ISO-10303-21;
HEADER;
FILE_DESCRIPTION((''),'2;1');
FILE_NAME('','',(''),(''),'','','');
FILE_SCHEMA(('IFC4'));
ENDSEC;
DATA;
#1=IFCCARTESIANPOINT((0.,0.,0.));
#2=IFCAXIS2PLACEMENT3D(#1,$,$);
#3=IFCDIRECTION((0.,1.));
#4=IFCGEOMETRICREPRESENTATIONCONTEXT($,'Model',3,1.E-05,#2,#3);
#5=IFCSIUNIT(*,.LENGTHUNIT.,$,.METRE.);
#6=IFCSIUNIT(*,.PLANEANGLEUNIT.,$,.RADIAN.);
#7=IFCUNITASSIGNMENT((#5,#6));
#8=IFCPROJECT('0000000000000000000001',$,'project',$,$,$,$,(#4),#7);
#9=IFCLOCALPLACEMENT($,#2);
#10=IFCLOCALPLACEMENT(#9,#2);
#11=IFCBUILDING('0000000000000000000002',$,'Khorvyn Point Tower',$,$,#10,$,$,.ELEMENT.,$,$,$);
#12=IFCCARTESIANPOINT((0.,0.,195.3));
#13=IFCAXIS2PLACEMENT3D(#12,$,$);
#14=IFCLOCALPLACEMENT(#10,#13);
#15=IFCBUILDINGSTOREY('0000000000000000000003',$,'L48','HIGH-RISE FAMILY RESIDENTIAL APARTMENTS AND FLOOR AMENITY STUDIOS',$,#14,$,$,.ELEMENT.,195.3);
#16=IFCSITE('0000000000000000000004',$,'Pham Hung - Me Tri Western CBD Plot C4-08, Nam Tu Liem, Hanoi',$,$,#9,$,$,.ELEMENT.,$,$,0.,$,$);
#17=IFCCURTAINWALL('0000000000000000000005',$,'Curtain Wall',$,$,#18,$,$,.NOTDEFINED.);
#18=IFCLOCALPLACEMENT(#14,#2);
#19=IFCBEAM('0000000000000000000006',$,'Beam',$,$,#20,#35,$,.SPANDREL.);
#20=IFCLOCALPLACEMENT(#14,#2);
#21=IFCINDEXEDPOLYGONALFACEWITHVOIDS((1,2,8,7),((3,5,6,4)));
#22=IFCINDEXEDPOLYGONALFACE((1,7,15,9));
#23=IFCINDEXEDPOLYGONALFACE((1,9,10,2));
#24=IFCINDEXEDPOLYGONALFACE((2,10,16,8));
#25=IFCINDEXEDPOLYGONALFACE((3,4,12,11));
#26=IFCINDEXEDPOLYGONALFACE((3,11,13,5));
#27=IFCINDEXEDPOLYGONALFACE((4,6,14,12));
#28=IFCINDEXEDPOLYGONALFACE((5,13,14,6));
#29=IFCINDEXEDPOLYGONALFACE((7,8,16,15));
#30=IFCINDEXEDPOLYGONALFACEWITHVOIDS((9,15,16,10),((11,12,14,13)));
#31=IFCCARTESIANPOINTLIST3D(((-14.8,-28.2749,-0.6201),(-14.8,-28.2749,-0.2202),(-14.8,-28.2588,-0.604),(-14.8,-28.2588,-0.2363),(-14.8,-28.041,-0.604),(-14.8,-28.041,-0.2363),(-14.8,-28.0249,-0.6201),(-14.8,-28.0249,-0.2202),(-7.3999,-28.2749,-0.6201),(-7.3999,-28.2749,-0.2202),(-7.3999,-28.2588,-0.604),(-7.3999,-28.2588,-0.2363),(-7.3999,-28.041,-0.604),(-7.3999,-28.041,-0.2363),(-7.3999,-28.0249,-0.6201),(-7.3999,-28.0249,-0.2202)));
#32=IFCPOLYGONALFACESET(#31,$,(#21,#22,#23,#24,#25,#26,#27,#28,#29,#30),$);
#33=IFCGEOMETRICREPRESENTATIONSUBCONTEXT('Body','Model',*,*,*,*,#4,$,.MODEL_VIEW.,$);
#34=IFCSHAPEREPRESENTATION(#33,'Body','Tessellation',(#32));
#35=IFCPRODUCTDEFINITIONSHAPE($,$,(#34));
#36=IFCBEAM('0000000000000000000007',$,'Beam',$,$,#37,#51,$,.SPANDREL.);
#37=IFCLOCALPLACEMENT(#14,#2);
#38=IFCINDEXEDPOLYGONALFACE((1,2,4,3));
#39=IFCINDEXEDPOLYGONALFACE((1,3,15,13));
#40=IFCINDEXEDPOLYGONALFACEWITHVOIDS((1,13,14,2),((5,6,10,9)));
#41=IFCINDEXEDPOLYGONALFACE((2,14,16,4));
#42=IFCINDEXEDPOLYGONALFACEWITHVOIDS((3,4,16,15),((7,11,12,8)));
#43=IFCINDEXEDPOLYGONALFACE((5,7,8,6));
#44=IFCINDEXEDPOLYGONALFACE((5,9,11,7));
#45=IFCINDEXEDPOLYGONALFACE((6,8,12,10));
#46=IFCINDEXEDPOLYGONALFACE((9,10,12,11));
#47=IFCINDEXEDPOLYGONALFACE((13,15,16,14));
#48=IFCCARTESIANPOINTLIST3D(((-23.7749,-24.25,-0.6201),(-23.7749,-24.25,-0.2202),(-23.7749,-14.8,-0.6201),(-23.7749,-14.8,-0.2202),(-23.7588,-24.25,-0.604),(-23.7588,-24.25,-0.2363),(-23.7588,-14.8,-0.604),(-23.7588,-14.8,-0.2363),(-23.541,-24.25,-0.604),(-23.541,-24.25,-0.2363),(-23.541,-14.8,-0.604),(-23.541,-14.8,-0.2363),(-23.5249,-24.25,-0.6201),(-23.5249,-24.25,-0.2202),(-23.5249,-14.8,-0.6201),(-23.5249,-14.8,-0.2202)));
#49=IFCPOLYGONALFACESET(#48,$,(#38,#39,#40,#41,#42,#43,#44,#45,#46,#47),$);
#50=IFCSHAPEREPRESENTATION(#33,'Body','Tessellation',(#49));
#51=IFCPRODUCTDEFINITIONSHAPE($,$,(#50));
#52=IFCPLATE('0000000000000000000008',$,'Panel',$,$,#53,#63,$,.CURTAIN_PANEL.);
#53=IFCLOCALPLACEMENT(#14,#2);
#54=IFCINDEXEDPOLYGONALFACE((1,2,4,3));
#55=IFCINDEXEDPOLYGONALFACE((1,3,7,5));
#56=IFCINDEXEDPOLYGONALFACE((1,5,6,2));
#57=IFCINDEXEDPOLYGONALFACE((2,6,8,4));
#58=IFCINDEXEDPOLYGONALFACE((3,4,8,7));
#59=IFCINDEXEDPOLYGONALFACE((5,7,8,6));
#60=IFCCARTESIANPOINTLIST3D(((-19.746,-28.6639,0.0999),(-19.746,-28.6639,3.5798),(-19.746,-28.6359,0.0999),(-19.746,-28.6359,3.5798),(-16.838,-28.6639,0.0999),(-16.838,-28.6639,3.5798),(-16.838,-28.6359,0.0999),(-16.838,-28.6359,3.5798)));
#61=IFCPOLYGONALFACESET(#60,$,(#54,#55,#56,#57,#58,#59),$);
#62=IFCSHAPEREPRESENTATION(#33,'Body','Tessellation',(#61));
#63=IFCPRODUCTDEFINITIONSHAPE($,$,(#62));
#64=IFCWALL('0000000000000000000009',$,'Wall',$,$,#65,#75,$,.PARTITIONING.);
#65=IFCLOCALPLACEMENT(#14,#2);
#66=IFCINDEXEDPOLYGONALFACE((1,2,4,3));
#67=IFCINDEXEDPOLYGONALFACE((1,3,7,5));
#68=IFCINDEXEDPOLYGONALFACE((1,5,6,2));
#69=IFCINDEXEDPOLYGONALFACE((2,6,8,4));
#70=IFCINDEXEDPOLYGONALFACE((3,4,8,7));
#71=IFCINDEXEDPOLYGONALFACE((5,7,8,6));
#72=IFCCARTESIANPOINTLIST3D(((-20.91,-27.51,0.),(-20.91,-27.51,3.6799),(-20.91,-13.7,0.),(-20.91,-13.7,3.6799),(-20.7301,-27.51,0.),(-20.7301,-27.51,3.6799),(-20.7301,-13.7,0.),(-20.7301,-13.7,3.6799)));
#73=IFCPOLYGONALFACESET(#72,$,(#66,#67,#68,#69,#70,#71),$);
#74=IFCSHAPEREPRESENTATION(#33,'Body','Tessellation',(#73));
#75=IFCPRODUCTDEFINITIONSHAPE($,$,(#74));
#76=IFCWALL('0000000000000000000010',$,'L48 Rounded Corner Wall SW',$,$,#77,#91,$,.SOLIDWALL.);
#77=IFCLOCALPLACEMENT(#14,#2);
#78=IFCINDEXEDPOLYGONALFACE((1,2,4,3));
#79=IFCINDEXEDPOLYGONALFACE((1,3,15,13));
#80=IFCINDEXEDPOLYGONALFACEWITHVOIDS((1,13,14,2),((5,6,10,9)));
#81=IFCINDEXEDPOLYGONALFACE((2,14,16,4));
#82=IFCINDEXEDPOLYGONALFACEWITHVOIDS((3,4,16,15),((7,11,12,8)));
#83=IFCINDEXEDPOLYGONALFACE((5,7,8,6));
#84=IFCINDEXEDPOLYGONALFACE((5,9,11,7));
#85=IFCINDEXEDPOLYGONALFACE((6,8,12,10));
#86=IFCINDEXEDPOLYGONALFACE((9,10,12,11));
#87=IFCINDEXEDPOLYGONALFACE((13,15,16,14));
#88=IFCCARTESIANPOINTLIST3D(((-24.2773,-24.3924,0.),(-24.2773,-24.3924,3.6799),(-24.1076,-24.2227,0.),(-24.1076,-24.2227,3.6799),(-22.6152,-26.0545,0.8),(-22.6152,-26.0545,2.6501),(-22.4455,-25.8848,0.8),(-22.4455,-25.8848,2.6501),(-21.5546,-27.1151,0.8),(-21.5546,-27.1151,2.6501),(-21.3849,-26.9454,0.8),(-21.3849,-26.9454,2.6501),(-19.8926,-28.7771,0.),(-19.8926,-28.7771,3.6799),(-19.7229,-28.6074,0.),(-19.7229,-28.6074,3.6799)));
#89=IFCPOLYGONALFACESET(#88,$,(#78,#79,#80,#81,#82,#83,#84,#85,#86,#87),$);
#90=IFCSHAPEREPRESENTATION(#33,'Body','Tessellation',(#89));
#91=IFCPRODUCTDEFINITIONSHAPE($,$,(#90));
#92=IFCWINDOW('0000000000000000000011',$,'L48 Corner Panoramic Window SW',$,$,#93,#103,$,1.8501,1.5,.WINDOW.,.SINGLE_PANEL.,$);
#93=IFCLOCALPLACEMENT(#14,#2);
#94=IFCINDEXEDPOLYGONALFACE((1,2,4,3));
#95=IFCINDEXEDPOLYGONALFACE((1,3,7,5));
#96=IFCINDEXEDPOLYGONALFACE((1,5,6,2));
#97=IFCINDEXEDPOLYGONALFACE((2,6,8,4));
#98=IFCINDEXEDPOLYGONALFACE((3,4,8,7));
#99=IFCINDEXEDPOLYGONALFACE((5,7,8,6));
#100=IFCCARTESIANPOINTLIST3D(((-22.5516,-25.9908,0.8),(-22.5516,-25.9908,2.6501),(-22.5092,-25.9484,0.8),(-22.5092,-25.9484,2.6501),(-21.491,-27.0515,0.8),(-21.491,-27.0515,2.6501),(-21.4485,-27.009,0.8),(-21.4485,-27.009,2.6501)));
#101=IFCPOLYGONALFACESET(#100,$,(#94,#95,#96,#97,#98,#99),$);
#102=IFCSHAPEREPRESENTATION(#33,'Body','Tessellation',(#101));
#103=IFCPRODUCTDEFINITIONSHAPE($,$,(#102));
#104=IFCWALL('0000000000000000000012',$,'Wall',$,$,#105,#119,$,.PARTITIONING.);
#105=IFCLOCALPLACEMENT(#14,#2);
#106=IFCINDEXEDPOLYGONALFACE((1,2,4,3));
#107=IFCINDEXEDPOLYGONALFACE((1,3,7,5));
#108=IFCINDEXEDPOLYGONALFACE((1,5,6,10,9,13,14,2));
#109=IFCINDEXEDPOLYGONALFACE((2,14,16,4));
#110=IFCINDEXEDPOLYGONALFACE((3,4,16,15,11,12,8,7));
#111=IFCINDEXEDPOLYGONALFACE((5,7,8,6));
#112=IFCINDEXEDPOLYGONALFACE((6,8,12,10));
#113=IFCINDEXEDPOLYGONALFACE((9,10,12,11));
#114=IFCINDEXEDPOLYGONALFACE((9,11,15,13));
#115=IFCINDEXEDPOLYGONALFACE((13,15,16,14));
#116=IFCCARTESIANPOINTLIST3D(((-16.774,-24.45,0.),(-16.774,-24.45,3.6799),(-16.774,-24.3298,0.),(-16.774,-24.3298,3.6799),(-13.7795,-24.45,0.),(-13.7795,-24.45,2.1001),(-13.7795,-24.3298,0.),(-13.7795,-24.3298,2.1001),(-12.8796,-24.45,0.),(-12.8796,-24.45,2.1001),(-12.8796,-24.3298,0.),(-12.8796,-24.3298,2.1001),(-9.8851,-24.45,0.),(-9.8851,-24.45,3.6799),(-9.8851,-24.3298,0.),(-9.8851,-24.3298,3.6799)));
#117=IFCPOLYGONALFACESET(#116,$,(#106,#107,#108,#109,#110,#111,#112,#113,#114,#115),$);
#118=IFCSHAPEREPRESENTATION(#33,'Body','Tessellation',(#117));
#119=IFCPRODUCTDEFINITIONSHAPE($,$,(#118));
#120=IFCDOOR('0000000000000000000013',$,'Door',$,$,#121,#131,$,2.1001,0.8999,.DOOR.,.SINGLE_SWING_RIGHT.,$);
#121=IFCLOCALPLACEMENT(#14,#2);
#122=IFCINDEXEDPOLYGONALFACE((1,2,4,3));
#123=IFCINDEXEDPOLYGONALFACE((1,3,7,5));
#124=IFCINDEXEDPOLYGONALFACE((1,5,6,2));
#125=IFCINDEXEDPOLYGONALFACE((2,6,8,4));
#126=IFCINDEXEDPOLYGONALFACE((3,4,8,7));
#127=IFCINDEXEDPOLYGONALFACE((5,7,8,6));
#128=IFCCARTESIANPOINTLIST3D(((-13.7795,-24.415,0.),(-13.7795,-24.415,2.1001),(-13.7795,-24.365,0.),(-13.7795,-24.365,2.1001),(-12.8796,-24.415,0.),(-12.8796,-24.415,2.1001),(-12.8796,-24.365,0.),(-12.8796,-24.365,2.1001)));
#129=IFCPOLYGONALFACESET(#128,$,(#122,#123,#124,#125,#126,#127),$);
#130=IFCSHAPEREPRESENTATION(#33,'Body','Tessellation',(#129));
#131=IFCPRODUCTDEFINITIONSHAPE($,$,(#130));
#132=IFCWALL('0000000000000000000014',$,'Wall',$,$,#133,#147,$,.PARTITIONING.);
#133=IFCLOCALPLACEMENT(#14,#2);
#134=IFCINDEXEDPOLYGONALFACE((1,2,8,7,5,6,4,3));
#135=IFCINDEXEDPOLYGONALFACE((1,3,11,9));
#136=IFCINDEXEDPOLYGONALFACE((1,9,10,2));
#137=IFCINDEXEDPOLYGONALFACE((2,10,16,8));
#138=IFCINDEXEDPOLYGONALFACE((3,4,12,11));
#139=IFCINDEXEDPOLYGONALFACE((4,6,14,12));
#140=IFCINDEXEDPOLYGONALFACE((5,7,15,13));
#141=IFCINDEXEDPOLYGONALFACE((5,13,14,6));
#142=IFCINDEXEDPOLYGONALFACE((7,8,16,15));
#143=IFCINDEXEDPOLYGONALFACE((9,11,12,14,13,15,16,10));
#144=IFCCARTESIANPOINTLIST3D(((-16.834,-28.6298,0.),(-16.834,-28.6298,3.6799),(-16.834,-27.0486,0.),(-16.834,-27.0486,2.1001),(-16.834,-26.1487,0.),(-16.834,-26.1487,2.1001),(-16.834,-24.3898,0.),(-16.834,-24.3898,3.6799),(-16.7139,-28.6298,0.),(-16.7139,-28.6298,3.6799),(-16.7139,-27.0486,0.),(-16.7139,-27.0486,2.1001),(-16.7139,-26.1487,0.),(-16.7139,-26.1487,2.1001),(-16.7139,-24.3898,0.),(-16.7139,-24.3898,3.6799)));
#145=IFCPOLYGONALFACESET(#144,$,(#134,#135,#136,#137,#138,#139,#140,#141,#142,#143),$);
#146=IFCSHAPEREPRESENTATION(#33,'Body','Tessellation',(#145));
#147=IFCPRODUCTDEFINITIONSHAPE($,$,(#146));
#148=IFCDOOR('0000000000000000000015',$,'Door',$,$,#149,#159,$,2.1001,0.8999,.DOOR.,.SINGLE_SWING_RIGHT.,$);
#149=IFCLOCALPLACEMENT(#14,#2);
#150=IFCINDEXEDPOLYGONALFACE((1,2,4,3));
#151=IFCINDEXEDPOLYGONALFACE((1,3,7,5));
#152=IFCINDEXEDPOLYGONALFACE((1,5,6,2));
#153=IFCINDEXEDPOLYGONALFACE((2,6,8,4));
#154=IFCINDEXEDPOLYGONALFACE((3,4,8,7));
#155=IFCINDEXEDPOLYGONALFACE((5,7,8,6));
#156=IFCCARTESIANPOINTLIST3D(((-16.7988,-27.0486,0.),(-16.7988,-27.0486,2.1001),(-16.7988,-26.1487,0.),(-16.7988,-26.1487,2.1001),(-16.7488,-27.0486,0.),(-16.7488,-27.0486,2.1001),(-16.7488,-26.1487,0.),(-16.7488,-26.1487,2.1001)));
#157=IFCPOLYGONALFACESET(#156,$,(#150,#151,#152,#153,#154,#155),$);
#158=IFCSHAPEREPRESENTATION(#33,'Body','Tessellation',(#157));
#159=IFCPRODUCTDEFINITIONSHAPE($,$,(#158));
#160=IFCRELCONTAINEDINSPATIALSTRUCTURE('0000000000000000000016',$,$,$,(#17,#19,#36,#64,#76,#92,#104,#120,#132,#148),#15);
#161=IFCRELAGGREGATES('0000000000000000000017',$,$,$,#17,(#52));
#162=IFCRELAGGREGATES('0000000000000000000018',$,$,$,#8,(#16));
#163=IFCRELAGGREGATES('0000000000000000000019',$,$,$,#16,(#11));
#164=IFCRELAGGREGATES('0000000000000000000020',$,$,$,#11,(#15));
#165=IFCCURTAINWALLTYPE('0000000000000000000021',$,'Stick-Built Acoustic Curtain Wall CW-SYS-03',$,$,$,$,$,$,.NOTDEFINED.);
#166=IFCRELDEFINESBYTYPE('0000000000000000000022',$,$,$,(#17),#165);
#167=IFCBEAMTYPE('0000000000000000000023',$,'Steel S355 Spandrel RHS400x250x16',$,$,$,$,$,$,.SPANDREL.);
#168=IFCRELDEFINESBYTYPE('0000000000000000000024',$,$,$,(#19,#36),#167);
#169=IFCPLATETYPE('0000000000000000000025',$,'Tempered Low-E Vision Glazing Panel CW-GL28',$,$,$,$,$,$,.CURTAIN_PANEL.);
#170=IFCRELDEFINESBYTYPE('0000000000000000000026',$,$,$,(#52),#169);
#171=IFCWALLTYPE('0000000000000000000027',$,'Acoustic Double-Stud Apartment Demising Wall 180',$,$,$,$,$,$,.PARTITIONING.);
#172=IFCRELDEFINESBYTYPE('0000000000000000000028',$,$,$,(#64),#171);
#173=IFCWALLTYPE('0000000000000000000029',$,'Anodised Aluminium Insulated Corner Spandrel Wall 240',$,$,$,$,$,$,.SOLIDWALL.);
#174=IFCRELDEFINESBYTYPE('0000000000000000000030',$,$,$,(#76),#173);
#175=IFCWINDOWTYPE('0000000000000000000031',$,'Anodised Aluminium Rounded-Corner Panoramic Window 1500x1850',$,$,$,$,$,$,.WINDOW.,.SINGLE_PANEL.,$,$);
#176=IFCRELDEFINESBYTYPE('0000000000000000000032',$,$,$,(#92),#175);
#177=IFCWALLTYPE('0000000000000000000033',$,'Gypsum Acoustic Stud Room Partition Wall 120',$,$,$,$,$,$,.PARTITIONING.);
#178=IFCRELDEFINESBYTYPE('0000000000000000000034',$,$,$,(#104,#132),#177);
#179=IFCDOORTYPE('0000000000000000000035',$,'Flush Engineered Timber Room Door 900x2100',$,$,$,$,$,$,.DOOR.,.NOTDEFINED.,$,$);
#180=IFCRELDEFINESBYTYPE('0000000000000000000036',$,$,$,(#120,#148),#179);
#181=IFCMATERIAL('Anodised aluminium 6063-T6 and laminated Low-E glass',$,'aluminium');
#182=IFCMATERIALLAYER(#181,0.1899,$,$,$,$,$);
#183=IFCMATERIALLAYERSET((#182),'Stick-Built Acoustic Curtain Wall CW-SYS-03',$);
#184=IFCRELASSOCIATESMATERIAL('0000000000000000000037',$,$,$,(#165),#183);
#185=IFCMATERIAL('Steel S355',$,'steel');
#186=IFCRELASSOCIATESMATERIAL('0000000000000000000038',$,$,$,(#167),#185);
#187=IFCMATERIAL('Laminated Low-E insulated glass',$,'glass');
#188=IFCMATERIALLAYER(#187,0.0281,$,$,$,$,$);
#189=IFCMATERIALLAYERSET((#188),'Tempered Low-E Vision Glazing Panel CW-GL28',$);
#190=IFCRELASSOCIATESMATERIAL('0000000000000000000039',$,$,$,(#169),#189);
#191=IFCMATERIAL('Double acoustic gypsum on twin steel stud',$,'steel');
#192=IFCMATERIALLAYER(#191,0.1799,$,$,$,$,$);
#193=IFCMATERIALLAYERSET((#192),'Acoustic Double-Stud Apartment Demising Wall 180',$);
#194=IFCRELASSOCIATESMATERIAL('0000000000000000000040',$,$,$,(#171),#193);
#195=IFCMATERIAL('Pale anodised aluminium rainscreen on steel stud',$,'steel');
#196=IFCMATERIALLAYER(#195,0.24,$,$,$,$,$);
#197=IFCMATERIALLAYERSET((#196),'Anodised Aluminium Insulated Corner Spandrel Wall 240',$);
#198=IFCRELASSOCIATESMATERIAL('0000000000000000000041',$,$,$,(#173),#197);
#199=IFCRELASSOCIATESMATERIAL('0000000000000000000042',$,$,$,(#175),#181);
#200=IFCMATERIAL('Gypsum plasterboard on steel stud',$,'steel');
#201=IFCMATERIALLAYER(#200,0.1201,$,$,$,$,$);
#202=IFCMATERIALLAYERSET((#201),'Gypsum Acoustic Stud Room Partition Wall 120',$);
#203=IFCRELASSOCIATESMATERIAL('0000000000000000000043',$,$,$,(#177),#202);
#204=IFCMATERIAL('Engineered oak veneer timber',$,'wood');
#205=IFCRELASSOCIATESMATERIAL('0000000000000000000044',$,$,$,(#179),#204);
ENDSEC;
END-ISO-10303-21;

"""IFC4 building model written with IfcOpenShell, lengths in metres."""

from ifc_helpers import new_model, si_unit, direction, frame, frame_2d, origin, origin_2d, place, context, subcontext, project, spatial, rectangle, hollow_rectangle, extrude, material, layer, layer_set, material_profile, profile_set, type_object, element, fill, aggregate, save


model = new_model("IFC4")

# Units and contexts
model_context = context("Model", 3, precision=1e-05, world=origin(), true_north=direction((0.0, 1.0)))
body_context = subcontext(model_context, "Body", "Model", "MODEL_VIEW")
ifc_project = project(units=[si_unit("LENGTHUNIT", "METRE"), si_unit("PLANEANGLEUNIT", "RADIAN")], contexts=[model_context])

# Site, building, storey
site_placement = place(None, origin())
site = spatial("IfcSite", under=ifc_project, at=site_placement, Name="Pham Hung - Me Tri Western CBD Plot C4-08, Nam Tu Liem, Hanoi", CompositionType="ELEMENT", RefElevation=0.0)
building_placement = place(site_placement, origin())
building = spatial("IfcBuilding", under=site, at=building_placement, Name="Khorvyn Point Tower", CompositionType="ELEMENT")
storey_placement = place(building_placement, frame((0.0, 0.0, 195.3)))
storey = spatial("IfcBuildingStorey", under=building, at=storey_placement, Name="L48", Description="HIGH-RISE FAMILY RESIDENTIAL APARTMENTS AND FLOOR AMENITY STUDIOS", CompositionType="ELEMENT", Elevation=195.3)

# Curtain wall
ifc_material_1 = material(Name="Anodised aluminium 6063-T6 and laminated Low-E glass", Category="aluminium")
ifc_layer_1 = layer(ifc_material_1, 0.1899)
ifc_layer_set_1 = layer_set([ifc_layer_1], Name="Stick-Built Acoustic Curtain Wall CW-SYS-03")
curtain_wall_type = type_object("IfcCurtainWallType", Name="Stick-Built Acoustic Curtain Wall CW-SYS-03", PredefinedType="NOTDEFINED", material=ifc_layer_set_1)
curtain_wall_1_placement = place(storey_placement, origin())
curtain_wall_1 = element("IfcCurtainWall", 1, at=curtain_wall_1_placement, inside=storey, type_object=curtain_wall_type, Name="Curtain Wall", PredefinedType="NOTDEFINED")

# Beams
ifc_material_2 = material(Name="Steel S355", Category="steel")
ifc_material_profile_1 = material_profile(ifc_material_2, hollow_rectangle(XDim=0.25, YDim=0.3999, WallThickness=0.0161, at=origin_2d()))
ifc_profile_set_1 = profile_set([ifc_material_profile_1], Name="Steel S355 RHS400x250x16")
beam_type_1 = type_object("IfcBeamType", Name="Steel S355 Spandrel RHS400x250x16", PredefinedType="SPANDREL", material=ifc_profile_set_1)
beam_1_placement = place(storey_placement, frame((-14.8, -28.1499, -0.4202), z_axis=(1.0, 0.0, 0.0), x_axis=(0.0, 1.0, 0.0)))
element("IfcBeam", 2, at=beam_1_placement, inside=storey, type_object=beam_type_1, Name="Beam", PredefinedType="SPANDREL", context=body_context, shape_type="SweptSolid", body=[
    extrude(hollow_rectangle(XDim=0.25, YDim=0.3999, WallThickness=0.0161, at=origin_2d()), origin(), (0.0, 0.0, 1.0), 7.4001),
])
beam_2_placement = place(storey_placement, frame((-23.6499, -24.25, -0.4202), z_axis=(0.0, 1.0, 0.0), x_axis=(-1.0, 0.0, 0.0)))
element("IfcBeam", 3, at=beam_2_placement, inside=storey, type_object=beam_type_1, Name="Beam", PredefinedType="SPANDREL", context=body_context, shape_type="SweptSolid", body=[
    extrude(hollow_rectangle(XDim=0.25, YDim=0.3999, WallThickness=0.0161, at=origin_2d()), origin(), (0.0, 0.0, 1.0), 9.45),
])

# Plate
ifc_material_3 = material(Name="Laminated Low-E insulated glass", Category="glass")
ifc_layer_2 = layer(ifc_material_3, 0.0281)
ifc_layer_set_2 = layer_set([ifc_layer_2], Name="Tempered Low-E Vision Glazing Panel CW-GL28")
plate_type = type_object("IfcPlateType", Name="Tempered Low-E Vision Glazing Panel CW-GL28", PredefinedType="CURTAIN_PANEL", material=ifc_layer_set_2)
plate_placement = place(storey_placement, frame((-18.292, -28.6499, 0.0999), z_axis=(0.0, 0.0, 1.0), x_axis=(-1.0, 0.0, 0.0)))
plate = element("IfcPlate", 4, at=plate_placement, type_object=plate_type, Name="Panel", PredefinedType="CURTAIN_PANEL", context=body_context, shape_type="SweptSolid", body=[
    extrude(rectangle(XDim=2.908, YDim=0.0281, at=origin_2d()), origin(), (0.0, 0.0, 1.0), 3.48),
])
aggregate(curtain_wall_1, [plate])

# Wall
ifc_material_4 = material(Name="Double acoustic gypsum on twin steel stud", Category="steel")
ifc_layer_3 = layer(ifc_material_4, 0.1799)
ifc_layer_set_3 = layer_set([ifc_layer_3], Name="Acoustic Double-Stud Apartment Demising Wall 180")
wall_type_1 = type_object("IfcWallType", Name="Acoustic Double-Stud Apartment Demising Wall 180", PredefinedType="PARTITIONING", material=ifc_layer_set_3)
wall_1_placement = place(storey_placement, frame((-20.8201, -27.51, 0.0), z_axis=(0.0, 0.0, 1.0), x_axis=(0.0, 1.0, 0.0)))
element("IfcWall", 5, at=wall_1_placement, inside=storey, type_object=wall_type_1, Name="Wall", PredefinedType="PARTITIONING", context=body_context, shape_type="SweptSolid", body=[
    extrude(rectangle(XDim=13.8101, YDim=0.1799, at=frame_2d((6.905, 0.0))), origin(), (0.0, 0.0, 1.0), 3.6799),
])

# Wall, opening, window
ifc_material_5 = material(Name="Pale anodised aluminium rainscreen on steel stud", Category="steel")
ifc_layer_4 = layer(ifc_material_5, 0.24)
ifc_layer_set_4 = layer_set([ifc_layer_4], Name="Anodised Aluminium Insulated Corner Spandrel Wall 240")
wall_type_2 = type_object("IfcWallType", Name="Anodised Aluminium Insulated Corner Spandrel Wall 240", PredefinedType="SOLIDWALL", material=ifc_layer_set_4)
wall_2_placement = place(storey_placement, frame((-19.8076, -28.6924, 0.0), z_axis=(0.0, 0.0, 1.0), x_axis=(-0.707107, 0.707107, 0.0)))
wall_2 = element("IfcWall", 6, at=wall_2_placement, inside=storey, type_object=wall_type_2, Name="L48 Rounded Corner Wall SW", PredefinedType="SOLIDWALL", context=body_context, shape_type="SweptSolid", body=[
    extrude(rectangle(XDim=6.2009, YDim=0.24, at=frame_2d((3.1006, 0.0))), origin(), (0.0, 0.0, 1.0), 3.6799),
])
opening_1_placement = place(wall_2_placement, frame((2.3506, 0.0, 0.8)))
opening_1 = element("IfcOpeningElement", 7, at=opening_1_placement, cuts=wall_2, PredefinedType="OPENING", context=body_context, shape_type="SweptSolid", body=[
    extrude(rectangle(XDim=1.5, YDim=1.8501, at=frame_2d((0.75, 0.925))), frame((0.0, 0.1299, 0.0), z_axis=(0.0, -1.0, 0.0), x_axis=(1.0, 0.0, 0.0)), (0.0, 0.0, 1.0), 0.26),
])
window_type = type_object("IfcWindowType", Name="Anodised Aluminium Rounded-Corner Panoramic Window 1500x1850", PartitioningType="SINGLE_PANEL", PredefinedType="WINDOW", material=ifc_material_1)
window_placement = place(opening_1_placement, origin())
window = element("IfcWindow", 8, at=window_placement, inside=storey, type_object=window_type, Name="L48 Corner Panoramic Window SW", OverallHeight=1.8501, OverallWidth=1.5, PartitioningType="SINGLE_PANEL", PredefinedType="WINDOW", context=body_context, shape_type="SweptSolid", body=[
    extrude(rectangle(XDim=1.5, YDim=1.8501, at=frame_2d((0.75, 0.925))), frame((0.0, 0.03, 0.0), z_axis=(0.0, -1.0, 0.0), x_axis=(1.0, 0.0, 0.0)), (0.0, 0.0, 1.0), 0.0601),
])
fill(opening_1, window)

# Walls, openings, doors
ifc_material_6 = material(Name="Gypsum plasterboard on steel stud", Category="steel")
ifc_layer_5 = layer(ifc_material_6, 0.1201)
ifc_layer_set_5 = layer_set([ifc_layer_5], Name="Gypsum Acoustic Stud Room Partition Wall 120")
wall_type_3 = type_object("IfcWallType", Name="Gypsum Acoustic Stud Room Partition Wall 120", PredefinedType="PARTITIONING", material=ifc_layer_set_5)
wall_3_placement = place(storey_placement, frame((-16.7739, -24.3899, 0.0), z_axis=(0.0, 0.0, 1.0), x_axis=(1.0, 0.0, 0.0)))
wall_3 = element("IfcWall", 9, at=wall_3_placement, inside=storey, type_object=wall_type_3, Name="Wall", PredefinedType="PARTITIONING", context=body_context, shape_type="SweptSolid", body=[
    extrude(rectangle(XDim=6.8889, YDim=0.1201, at=frame_2d((3.4443, 0.0))), origin(), (0.0, 0.0, 1.0), 3.6799),
])
opening_2_placement = place(wall_3_placement, frame((2.9944, 0.0, 0.0)))
opening_2 = element("IfcOpeningElement", 10, at=opening_2_placement, cuts=wall_3, PredefinedType="OPENING", context=body_context, shape_type="SweptSolid", body=[
    extrude(rectangle(XDim=0.8999, YDim=2.1001, at=frame_2d((0.45, 1.05))), frame((0.0, 0.0701, 0.0), z_axis=(0.0, -1.0, 0.0), x_axis=(1.0, 0.0, 0.0)), (0.0, 0.0, 1.0), 0.1401),
])
ifc_material_7 = material(Name="Engineered oak veneer timber", Category="wood")
door_type_1 = type_object("IfcDoorType", Name="Flush Engineered Timber Room Door 900x2100", OperationType="NOTDEFINED", PredefinedType="DOOR", material=ifc_material_7)
door_1_placement = place(opening_2_placement, origin())
door_1 = element("IfcDoor", 11, at=door_1_placement, inside=storey, type_object=door_type_1, Name="Door", OperationType="SINGLE_SWING_RIGHT", OverallHeight=2.1001, OverallWidth=0.8999, PredefinedType="DOOR", context=body_context, shape_type="SweptSolid", body=[
    extrude(rectangle(XDim=0.8999, YDim=2.1001, at=frame_2d((0.45, 1.05))), frame((0.0, 0.0249, 0.0), z_axis=(0.0, -1.0, 0.0), x_axis=(1.0, 0.0, 0.0)), (0.0, 0.0, 1.0), 0.05),
])
fill(opening_2, door_1)
wall_4_placement = place(storey_placement, frame((-16.7739, -28.6299, 0.0), z_axis=(0.0, 0.0, 1.0), x_axis=(0.0, 1.0, 0.0)))
wall_4 = element("IfcWall", 12, at=wall_4_placement, inside=storey, type_object=wall_type_3, Name="Wall", PredefinedType="PARTITIONING", context=body_context, shape_type="SweptSolid", body=[
    extrude(rectangle(XDim=4.24, YDim=0.1201, at=frame_2d((2.1201, 0.0))), origin(), (0.0, 0.0, 1.0), 3.6799),
])
opening_3_placement = place(wall_4_placement, frame((1.5813, 0.0, 0.0)))
opening_3 = element("IfcOpeningElement", 13, at=opening_3_placement, cuts=wall_4, PredefinedType="OPENING", context=body_context, shape_type="SweptSolid", body=[
    extrude(rectangle(XDim=0.8999, YDim=2.1001, at=frame_2d((0.45, 1.05))), frame((0.0, 0.0701, 0.0), z_axis=(0.0, -1.0, 0.0), x_axis=(1.0, 0.0, 0.0)), (0.0, 0.0, 1.0), 0.1401),
])
door_2_placement = place(opening_3_placement, origin())
door_2 = element("IfcDoor", 14, at=door_2_placement, inside=storey, type_object=door_type_1, Name="Door", OperationType="SINGLE_SWING_RIGHT", OverallHeight=2.1001, OverallWidth=0.8999, PredefinedType="DOOR", context=body_context, shape_type="SweptSolid", body=[
    extrude(rectangle(XDim=0.8999, YDim=2.1001, at=frame_2d((0.45, 1.05))), frame((0.0, 0.0249, 0.0), z_axis=(0.0, -1.0, 0.0), x_axis=(1.0, 0.0, 0.0)), (0.0, 0.0, 1.0), 0.05),
])
fill(opening_3, door_2)

save(model, "model.ifc")
